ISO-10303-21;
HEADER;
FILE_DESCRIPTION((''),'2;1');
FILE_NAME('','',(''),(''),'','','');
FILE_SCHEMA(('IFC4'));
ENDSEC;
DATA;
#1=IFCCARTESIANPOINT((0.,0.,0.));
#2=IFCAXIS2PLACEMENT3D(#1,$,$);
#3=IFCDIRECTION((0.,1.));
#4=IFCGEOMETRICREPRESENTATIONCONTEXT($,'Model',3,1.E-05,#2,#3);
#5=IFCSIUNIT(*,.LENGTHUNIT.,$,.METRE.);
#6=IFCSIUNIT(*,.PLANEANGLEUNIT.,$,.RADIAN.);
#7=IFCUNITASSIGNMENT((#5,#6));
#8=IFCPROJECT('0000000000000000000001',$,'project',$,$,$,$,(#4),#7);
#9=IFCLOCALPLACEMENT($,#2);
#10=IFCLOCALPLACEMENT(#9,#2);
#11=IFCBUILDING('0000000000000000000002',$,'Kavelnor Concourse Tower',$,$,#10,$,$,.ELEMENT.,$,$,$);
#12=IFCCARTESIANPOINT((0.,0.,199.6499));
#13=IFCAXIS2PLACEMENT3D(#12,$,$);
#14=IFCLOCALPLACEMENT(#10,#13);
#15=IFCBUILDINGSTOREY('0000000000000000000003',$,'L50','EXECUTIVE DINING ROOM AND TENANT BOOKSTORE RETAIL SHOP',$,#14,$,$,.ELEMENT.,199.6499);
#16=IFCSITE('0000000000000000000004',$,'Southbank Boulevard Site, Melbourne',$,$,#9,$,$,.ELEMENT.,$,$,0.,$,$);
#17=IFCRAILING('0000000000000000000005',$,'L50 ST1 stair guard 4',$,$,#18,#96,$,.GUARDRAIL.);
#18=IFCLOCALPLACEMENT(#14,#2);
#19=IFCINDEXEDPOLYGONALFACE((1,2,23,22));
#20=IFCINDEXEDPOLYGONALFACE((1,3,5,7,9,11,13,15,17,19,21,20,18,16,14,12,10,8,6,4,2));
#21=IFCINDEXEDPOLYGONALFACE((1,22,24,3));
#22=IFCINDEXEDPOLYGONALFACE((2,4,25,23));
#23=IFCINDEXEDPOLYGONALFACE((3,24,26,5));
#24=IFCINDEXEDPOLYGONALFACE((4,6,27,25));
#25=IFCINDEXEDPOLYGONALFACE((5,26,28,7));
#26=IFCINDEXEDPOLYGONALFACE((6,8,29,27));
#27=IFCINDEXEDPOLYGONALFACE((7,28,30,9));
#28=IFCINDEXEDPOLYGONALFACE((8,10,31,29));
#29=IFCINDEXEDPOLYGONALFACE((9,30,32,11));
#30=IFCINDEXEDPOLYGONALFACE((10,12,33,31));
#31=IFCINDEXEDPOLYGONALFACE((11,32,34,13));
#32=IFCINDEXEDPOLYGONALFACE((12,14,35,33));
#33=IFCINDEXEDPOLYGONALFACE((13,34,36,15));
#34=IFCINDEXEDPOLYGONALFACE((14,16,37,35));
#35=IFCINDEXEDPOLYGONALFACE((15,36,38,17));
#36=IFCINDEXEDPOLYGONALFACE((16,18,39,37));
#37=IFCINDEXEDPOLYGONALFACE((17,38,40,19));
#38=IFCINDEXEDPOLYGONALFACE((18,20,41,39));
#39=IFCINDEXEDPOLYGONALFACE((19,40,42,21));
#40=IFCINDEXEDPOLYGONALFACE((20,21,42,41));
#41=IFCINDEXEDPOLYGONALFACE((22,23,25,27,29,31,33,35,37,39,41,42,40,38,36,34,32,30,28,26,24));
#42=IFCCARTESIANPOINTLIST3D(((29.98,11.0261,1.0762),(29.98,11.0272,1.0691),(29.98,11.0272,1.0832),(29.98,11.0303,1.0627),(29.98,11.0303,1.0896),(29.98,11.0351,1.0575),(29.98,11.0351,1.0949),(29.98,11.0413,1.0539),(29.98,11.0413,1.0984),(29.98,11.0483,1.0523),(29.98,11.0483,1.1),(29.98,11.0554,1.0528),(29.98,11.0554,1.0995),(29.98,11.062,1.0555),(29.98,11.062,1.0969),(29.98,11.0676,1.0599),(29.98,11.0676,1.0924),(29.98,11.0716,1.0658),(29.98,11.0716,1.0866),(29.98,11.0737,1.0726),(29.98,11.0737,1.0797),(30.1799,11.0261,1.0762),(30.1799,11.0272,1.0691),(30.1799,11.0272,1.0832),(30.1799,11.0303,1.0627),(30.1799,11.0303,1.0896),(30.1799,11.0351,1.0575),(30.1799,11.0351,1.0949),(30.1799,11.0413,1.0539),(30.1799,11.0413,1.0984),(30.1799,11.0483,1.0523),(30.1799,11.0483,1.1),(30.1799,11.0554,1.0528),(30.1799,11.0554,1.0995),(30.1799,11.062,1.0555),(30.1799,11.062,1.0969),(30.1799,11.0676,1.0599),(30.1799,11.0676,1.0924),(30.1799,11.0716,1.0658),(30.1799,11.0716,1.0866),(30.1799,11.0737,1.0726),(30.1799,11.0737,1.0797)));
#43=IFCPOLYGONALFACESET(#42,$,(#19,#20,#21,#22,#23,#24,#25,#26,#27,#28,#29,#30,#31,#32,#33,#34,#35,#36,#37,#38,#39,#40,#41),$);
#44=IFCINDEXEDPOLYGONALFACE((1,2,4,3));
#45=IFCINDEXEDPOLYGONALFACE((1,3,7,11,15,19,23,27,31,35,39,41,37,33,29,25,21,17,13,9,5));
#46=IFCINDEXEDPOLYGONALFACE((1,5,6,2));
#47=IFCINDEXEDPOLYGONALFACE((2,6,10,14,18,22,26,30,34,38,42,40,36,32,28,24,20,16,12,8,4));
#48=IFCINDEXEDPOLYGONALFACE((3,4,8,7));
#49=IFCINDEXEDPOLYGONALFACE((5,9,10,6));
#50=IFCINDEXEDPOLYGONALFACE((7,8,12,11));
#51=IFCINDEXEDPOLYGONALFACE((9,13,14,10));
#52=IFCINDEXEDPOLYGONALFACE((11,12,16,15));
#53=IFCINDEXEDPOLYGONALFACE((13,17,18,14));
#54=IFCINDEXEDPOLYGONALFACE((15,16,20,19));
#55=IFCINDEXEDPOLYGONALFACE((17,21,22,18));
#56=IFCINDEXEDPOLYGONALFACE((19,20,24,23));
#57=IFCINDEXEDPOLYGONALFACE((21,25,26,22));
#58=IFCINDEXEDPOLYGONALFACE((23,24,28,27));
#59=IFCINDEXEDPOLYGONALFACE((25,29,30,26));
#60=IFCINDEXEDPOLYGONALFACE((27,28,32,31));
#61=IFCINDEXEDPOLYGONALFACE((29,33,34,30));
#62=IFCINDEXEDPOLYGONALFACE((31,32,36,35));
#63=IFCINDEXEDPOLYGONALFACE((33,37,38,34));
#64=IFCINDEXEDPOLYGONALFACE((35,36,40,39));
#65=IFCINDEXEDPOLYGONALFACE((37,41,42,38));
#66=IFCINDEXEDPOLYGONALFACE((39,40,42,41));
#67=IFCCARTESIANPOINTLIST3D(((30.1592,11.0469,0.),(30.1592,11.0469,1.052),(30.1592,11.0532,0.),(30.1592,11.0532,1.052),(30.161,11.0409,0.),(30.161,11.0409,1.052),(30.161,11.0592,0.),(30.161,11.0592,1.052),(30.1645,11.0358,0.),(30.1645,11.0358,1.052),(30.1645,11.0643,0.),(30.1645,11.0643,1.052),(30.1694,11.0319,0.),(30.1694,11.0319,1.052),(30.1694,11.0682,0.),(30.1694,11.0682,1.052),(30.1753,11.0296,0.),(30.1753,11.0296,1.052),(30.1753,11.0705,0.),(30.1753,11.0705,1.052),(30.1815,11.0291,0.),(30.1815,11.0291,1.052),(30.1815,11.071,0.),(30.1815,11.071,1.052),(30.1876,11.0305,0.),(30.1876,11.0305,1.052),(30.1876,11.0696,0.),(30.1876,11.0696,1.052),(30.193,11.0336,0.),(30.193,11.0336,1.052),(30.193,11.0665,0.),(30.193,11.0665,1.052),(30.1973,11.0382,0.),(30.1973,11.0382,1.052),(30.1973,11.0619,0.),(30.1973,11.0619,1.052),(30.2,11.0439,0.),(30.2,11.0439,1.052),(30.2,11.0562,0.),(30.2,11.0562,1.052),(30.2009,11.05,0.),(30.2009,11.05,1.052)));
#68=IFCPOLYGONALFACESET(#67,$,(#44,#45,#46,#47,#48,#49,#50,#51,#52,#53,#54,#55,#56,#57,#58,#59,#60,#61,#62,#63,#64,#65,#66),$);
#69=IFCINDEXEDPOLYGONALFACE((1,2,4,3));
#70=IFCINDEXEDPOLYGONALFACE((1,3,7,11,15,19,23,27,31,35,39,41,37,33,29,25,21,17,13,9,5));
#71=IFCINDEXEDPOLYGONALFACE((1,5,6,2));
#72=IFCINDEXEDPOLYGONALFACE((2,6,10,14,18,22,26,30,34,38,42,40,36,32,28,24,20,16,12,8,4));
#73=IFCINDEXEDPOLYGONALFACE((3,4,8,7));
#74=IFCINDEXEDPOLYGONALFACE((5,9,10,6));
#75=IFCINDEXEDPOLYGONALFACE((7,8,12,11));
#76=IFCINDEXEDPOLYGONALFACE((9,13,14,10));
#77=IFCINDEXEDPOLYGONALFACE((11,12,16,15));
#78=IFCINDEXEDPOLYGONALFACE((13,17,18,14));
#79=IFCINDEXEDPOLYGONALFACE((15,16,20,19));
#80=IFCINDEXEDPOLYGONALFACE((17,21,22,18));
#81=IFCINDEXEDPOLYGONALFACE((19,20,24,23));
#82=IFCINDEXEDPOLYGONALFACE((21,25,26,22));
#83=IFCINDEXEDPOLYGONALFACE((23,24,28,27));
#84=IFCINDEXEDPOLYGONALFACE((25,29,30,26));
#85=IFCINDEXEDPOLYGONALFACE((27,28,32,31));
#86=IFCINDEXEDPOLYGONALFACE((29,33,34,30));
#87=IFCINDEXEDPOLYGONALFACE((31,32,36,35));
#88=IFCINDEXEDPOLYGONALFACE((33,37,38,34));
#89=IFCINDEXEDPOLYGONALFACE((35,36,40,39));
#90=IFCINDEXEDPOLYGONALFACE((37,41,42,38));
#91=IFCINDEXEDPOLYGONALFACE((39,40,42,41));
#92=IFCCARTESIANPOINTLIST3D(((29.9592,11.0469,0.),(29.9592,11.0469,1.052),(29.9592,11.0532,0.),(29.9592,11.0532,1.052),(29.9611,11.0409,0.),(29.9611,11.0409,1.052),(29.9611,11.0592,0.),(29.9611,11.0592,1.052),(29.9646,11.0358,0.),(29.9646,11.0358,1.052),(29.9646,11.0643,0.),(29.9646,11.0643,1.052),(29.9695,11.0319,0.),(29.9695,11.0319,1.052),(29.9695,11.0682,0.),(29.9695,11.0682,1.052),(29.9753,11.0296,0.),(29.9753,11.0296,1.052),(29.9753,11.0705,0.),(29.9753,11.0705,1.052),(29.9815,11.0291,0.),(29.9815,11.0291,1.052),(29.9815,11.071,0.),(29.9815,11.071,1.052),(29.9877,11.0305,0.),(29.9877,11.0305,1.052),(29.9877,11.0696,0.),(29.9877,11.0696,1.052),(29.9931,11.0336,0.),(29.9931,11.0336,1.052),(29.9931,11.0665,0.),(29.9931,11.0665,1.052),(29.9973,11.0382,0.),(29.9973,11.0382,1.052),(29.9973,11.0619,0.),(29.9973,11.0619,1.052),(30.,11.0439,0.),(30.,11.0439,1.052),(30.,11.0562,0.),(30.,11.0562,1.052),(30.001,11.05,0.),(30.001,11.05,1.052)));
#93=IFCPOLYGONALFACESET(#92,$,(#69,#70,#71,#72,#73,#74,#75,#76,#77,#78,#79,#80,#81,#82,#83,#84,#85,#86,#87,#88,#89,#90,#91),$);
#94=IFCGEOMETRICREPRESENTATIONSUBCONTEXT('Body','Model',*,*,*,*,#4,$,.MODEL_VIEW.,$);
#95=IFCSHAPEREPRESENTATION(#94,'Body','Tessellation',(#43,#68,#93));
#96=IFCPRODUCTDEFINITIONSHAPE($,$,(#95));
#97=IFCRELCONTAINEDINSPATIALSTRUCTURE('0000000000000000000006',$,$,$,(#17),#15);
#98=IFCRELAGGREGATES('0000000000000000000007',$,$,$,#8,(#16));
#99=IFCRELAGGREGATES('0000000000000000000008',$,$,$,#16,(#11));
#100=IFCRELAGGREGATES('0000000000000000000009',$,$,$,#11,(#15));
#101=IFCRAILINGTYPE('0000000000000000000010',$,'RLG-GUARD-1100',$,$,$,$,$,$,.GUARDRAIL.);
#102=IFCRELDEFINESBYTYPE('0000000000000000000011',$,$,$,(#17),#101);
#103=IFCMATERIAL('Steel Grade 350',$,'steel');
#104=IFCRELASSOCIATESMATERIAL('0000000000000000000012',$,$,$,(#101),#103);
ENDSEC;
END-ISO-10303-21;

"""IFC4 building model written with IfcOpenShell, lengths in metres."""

from ifc_helpers import new_model, si_unit, direction, frame, origin, origin_2d, place, context, subcontext, project, spatial, circle, extrude, material, type_object, element, save


model = new_model("IFC4")

# Units and contexts
model_context = context("Model", 3, precision=1e-05, world=origin(), true_north=direction((0.0, 1.0)))
body_context = subcontext(model_context, "Body", "Model", "MODEL_VIEW")
ifc_project = project(units=[si_unit("LENGTHUNIT", "METRE"), si_unit("PLANEANGLEUNIT", "RADIAN")], contexts=[model_context])

# Site, building, storey
site_placement = place(None, origin())
site = spatial("IfcSite", under=ifc_project, at=site_placement, Name="Southbank Boulevard Site, Melbourne", CompositionType="ELEMENT", RefElevation=0.0)
building_placement = place(site_placement, origin())
building = spatial("IfcBuilding", under=site, at=building_placement, Name="Kavelnor Concourse Tower", CompositionType="ELEMENT")
storey_placement = place(building_placement, frame((0.0, 0.0, 199.6499)))
storey = spatial("IfcBuildingStorey", under=building, at=storey_placement, Name="L50", Description="EXECUTIVE DINING ROOM AND TENANT BOOKSTORE RETAIL SHOP", CompositionType="ELEMENT", Elevation=199.6499)

# Shared definitions
ifc_material_1 = material(Name="Steel Grade 350", Category="steel")

# Railing
railing_type_1 = type_object("IfcRailingType", Name="RLG-GUARD-1100", PredefinedType="GUARDRAIL", material=ifc_material_1)
railing_1_placement = place(storey_placement, frame((30.1799, 11.05, 0.0)))
element("IfcRailing", 1, at=railing_1_placement, inside=storey, type_object=railing_type_1, Name="L50 ST1 stair guard 4", PredefinedType="GUARDRAIL", context=body_context, shape_type="SweptSolid", body=[
    extrude(circle(Radius=0.0239, at=origin_2d()), frame((0.0, 0.0, 1.0762), z_axis=(-1.0, 0.0, 0.0), x_axis=(0.0, -1.0, 0.0)), (0.0, 0.0, 1.0), 0.2),
    extrude(circle(Radius=0.021, at=origin_2d()), origin(), (0.0, 0.0, 1.0), 1.052),
    extrude(circle(Radius=0.021, at=origin_2d()), frame((-0.2, 0.0, 0.0)), (0.0, 0.0, 1.0), 1.052),
])

save(model, "model.ifc")
